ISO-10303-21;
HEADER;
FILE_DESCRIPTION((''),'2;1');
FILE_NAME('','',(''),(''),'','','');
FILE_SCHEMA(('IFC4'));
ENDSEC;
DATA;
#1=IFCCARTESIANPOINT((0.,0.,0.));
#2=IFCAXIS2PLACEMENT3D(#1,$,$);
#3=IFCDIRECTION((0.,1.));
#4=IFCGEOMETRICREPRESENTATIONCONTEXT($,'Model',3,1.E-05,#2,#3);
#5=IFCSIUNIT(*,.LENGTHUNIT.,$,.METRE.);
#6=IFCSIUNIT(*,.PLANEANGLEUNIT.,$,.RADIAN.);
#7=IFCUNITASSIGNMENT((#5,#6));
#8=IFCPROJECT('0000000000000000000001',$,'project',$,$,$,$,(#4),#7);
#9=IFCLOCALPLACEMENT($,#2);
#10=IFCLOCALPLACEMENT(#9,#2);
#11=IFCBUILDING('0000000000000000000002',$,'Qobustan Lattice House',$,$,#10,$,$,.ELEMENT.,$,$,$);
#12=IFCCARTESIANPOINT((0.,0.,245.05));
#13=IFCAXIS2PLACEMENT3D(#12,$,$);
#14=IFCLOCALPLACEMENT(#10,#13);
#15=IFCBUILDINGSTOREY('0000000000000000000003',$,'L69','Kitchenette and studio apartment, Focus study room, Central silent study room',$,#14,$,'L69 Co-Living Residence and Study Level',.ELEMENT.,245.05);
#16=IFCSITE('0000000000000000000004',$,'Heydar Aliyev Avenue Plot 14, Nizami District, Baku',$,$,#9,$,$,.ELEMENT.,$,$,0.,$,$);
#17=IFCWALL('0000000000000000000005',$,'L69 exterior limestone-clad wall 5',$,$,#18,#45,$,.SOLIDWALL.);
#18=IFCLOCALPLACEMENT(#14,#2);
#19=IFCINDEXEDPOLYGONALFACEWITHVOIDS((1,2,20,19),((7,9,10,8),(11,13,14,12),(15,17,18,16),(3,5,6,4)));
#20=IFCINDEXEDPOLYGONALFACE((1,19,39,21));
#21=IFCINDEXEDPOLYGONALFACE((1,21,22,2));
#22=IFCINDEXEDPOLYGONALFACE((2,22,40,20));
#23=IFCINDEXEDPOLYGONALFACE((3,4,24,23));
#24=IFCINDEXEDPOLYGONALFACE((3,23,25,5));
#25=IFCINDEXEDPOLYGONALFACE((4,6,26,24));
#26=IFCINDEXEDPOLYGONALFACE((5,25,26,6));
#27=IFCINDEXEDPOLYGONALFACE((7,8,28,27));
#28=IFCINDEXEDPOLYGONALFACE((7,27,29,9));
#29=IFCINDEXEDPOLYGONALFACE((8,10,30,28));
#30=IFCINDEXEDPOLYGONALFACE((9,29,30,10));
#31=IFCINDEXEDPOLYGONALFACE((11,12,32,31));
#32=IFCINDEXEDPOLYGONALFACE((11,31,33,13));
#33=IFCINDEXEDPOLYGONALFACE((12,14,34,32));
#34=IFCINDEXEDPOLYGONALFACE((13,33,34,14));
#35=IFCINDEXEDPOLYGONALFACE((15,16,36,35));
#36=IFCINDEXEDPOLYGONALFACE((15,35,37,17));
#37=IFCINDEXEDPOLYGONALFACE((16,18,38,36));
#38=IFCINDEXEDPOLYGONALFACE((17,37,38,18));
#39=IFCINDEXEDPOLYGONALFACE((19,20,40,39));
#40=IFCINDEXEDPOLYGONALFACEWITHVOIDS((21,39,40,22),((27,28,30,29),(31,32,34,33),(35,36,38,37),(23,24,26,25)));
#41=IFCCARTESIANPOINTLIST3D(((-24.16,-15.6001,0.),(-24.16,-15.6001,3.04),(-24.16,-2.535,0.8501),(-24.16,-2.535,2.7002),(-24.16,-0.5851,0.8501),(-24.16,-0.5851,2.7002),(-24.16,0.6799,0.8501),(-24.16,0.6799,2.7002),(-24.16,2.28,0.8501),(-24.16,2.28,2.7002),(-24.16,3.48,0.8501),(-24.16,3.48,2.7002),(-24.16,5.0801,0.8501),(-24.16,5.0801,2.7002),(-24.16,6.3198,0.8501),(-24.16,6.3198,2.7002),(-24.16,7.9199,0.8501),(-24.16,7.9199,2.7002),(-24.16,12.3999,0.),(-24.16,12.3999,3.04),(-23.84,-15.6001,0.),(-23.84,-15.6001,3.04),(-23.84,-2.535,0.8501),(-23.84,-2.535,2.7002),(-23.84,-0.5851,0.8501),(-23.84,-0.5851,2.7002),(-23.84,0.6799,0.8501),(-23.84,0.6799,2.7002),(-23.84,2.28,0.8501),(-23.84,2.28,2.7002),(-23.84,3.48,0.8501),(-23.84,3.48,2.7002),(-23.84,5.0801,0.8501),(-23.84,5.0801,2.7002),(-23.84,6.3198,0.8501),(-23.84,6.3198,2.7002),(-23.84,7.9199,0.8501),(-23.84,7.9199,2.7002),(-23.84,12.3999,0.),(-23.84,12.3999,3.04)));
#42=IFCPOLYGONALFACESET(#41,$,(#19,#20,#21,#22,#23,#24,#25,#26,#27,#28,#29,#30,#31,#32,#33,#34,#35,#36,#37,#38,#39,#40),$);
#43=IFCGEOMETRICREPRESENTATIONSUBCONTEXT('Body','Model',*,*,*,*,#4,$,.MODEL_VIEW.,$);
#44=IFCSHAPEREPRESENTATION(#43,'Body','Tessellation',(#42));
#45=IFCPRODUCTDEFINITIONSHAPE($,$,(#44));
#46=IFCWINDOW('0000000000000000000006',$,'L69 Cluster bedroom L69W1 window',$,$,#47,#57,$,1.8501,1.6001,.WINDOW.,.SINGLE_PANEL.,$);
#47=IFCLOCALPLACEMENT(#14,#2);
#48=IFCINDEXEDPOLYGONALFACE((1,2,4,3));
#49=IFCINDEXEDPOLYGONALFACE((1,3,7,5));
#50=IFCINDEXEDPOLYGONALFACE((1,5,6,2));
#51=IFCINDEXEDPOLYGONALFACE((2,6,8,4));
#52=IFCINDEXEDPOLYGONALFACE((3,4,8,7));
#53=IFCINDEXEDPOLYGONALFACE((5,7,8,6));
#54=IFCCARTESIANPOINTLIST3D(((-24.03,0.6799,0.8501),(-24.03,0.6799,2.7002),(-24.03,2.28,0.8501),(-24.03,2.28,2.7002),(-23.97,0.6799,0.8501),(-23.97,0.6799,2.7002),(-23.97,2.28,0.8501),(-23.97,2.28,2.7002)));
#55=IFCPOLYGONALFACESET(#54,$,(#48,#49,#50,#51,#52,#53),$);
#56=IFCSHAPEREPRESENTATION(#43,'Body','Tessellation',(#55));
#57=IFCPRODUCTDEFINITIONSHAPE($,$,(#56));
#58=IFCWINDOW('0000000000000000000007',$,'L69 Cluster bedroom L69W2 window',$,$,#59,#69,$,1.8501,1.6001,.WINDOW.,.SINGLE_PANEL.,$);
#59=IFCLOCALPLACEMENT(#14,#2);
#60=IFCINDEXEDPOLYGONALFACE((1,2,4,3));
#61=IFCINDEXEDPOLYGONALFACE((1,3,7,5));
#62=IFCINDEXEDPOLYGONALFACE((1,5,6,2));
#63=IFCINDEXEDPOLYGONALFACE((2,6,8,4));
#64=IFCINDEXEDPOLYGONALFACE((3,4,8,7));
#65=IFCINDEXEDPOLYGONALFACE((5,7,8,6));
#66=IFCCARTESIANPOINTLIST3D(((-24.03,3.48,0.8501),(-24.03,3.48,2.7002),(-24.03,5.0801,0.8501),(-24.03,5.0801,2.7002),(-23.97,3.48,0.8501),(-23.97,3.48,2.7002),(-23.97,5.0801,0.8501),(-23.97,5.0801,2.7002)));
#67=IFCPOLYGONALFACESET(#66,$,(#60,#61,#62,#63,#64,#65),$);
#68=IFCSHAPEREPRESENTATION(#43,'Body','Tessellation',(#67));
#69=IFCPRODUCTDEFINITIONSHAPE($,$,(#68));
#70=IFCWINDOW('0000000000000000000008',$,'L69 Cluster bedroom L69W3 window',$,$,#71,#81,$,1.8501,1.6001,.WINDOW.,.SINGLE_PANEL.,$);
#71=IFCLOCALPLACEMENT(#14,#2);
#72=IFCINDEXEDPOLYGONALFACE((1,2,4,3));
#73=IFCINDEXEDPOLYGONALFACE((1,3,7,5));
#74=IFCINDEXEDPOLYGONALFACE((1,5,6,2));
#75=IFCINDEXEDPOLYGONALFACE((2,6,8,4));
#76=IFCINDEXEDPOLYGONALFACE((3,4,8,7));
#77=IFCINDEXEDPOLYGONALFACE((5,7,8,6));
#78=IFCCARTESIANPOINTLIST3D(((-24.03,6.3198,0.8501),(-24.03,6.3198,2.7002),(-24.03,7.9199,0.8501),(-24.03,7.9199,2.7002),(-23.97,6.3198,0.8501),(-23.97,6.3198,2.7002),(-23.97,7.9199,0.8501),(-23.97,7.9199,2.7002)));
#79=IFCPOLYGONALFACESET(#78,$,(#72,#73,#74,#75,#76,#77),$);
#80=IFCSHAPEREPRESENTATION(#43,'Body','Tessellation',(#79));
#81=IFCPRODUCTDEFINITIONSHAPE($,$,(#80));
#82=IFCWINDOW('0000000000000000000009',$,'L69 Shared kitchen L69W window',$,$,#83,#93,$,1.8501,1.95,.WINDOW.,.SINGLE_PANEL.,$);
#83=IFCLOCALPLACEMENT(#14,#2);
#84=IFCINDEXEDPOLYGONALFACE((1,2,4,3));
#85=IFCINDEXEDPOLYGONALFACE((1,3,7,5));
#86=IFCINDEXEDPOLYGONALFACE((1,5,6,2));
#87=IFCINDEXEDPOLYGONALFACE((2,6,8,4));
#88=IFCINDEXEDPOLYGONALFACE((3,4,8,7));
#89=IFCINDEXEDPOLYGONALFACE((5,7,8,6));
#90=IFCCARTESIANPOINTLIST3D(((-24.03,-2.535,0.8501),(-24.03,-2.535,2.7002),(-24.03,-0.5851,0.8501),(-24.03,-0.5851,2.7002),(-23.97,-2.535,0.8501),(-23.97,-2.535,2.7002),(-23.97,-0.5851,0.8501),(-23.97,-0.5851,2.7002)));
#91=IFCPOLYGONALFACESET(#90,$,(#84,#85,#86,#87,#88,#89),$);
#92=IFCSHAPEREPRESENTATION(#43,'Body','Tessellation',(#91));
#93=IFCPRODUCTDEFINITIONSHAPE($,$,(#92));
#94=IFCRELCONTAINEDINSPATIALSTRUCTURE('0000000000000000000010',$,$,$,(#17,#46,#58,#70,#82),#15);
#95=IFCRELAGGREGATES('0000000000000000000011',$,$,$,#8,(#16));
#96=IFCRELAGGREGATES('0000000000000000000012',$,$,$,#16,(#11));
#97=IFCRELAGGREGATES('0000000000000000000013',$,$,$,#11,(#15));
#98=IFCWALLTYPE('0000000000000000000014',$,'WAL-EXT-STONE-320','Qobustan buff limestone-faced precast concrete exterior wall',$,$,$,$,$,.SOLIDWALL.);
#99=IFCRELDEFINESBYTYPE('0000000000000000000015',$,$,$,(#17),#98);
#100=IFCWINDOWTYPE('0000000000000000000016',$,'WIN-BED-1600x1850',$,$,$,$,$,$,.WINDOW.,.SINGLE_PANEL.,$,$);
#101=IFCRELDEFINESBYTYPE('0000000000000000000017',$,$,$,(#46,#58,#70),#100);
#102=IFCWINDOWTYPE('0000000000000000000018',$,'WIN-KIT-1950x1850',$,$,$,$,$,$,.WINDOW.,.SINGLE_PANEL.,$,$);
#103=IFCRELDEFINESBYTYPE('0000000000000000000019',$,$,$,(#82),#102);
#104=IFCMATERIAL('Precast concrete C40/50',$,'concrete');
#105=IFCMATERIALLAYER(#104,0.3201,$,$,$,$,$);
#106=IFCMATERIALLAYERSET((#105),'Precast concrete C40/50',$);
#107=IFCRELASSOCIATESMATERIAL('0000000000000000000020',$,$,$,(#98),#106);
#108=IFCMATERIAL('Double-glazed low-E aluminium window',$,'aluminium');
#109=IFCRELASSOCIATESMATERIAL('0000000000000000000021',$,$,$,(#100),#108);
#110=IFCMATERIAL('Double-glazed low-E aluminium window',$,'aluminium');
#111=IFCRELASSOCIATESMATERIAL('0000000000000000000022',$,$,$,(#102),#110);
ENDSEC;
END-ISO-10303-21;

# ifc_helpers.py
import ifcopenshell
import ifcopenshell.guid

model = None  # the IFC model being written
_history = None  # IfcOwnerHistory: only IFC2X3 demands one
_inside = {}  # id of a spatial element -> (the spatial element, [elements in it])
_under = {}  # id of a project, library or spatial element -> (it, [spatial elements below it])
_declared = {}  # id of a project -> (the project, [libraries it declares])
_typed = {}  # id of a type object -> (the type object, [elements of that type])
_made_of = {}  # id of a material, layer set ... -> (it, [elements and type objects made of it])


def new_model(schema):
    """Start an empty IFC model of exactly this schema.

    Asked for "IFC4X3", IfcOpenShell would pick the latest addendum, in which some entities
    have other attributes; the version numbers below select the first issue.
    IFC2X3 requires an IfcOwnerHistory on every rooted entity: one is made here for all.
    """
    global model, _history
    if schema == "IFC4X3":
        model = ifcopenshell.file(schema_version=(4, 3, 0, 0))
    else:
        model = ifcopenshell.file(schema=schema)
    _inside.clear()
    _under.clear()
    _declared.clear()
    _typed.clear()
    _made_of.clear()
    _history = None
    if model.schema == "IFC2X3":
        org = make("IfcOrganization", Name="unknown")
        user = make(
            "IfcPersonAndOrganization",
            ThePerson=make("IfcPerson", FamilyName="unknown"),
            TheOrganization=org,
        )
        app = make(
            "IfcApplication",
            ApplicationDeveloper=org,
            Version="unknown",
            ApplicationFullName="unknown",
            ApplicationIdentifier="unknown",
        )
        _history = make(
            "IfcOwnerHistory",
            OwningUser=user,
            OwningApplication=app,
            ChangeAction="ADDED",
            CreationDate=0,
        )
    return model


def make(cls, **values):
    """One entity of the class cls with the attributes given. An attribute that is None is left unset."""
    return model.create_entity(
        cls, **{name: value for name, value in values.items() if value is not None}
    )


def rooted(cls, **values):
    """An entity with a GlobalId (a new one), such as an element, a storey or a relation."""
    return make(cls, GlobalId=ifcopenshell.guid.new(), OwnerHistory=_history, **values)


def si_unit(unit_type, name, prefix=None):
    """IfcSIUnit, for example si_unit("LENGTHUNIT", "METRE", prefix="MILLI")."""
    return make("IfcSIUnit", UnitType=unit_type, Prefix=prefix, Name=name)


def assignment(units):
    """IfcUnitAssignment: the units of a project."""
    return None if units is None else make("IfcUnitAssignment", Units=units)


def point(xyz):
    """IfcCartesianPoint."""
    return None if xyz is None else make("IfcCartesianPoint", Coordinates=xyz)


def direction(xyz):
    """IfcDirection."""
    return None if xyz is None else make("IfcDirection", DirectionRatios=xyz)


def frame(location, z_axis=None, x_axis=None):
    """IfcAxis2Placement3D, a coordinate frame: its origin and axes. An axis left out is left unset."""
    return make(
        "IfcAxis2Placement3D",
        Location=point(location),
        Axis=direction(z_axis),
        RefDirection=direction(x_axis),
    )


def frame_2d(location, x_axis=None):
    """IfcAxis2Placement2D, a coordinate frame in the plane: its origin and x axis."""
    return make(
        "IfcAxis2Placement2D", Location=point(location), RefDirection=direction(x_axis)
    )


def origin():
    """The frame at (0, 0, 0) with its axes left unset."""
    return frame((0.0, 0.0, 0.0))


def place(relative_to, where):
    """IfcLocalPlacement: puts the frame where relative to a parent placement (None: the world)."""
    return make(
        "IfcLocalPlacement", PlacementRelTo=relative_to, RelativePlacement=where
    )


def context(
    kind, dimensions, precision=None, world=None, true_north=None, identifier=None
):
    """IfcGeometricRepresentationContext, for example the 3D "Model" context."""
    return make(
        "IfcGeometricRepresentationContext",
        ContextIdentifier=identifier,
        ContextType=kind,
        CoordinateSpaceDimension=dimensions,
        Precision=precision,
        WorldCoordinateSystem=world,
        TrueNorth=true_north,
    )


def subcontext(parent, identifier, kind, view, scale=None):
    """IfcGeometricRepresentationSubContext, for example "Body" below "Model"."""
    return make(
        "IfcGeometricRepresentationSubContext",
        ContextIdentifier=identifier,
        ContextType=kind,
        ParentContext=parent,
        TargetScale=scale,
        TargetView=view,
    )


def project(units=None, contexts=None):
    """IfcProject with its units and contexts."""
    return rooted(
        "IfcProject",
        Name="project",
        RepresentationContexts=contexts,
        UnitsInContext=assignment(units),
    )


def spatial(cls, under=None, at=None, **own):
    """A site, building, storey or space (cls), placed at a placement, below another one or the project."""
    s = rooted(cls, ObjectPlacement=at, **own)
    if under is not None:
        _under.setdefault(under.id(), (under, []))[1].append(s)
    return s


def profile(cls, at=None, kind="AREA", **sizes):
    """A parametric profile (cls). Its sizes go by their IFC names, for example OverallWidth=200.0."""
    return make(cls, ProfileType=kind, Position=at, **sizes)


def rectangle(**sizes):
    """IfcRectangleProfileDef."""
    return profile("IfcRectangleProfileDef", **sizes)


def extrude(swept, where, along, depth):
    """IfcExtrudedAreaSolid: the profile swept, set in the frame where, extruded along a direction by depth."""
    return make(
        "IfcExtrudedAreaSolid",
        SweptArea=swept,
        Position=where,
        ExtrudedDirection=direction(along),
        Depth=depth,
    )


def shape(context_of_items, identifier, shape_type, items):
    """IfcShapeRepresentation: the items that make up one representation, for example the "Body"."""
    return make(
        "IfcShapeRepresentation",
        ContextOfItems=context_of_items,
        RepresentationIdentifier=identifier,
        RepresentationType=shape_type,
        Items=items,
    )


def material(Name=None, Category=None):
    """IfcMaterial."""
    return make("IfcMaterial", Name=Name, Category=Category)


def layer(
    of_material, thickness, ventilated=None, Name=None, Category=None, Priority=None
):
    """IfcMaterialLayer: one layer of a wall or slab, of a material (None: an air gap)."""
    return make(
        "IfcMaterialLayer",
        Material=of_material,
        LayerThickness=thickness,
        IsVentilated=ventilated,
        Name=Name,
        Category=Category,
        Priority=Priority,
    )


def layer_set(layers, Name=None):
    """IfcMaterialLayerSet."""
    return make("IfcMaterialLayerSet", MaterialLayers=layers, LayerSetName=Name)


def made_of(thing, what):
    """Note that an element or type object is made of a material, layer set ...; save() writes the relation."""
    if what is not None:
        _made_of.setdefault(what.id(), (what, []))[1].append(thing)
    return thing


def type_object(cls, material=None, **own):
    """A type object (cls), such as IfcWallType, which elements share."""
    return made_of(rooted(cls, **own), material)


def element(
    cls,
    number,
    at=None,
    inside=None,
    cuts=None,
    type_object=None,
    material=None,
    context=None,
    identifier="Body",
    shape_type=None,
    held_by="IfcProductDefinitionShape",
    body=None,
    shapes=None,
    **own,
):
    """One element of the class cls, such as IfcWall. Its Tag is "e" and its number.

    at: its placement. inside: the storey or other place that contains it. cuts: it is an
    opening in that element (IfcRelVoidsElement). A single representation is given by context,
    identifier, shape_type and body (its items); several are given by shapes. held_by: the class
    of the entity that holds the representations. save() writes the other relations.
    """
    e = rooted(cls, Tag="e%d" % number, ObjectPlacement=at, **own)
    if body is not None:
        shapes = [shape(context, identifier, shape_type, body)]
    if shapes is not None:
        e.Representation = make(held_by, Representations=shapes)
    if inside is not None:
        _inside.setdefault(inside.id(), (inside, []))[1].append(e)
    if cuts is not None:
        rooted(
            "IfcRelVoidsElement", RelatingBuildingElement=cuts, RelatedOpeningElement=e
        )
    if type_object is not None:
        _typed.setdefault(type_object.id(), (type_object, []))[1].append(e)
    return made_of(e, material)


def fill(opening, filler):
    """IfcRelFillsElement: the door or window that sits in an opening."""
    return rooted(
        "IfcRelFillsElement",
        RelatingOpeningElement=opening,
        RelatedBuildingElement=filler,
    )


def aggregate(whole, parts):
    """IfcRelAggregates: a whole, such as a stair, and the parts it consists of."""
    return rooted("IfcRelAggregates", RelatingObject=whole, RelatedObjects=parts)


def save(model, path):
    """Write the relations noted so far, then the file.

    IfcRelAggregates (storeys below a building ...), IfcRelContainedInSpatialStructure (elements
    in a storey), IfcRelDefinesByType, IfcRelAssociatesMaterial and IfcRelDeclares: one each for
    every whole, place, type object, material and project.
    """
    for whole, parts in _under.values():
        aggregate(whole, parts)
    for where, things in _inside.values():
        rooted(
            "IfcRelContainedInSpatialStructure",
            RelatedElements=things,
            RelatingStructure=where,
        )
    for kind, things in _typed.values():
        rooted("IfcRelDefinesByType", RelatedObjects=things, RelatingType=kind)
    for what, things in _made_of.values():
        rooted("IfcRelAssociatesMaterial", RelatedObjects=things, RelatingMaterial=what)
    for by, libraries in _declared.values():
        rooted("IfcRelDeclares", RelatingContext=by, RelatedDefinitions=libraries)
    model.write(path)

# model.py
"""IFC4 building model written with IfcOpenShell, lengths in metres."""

from ifc_helpers import new_model, si_unit, direction, frame, frame_2d, origin, place, context, subcontext, project, spatial, rectangle, extrude, material, layer, layer_set, type_object, element, fill, save


model = new_model("IFC4")

# Units and contexts
model_context = context("Model", 3, precision=1e-05, world=origin(), true_north=direction((0.0, 1.0)))
body_context = subcontext(model_context, "Body", "Model", "MODEL_VIEW")
ifc_project = project(units=[si_unit("LENGTHUNIT", "METRE"), si_unit("PLANEANGLEUNIT", "RADIAN")], contexts=[model_context])

# Site, building, storey
site_placement = place(None, origin())
site = spatial("IfcSite", under=ifc_project, at=site_placement, Name="Heydar Aliyev Avenue Plot 14, Nizami District, Baku", CompositionType="ELEMENT", RefElevation=0.0)
building_placement = place(site_placement, origin())
building = spatial("IfcBuilding", under=site, at=building_placement, Name="Qobustan Lattice House", CompositionType="ELEMENT")
storey_placement = place(building_placement, frame((0.0, 0.0, 245.05)))
storey = spatial("IfcBuildingStorey", under=building, at=storey_placement, Name="L69", Description="Kitchenette and studio apartment, Focus study room, Central silent study room", LongName="L69 Co-Living Residence and Study Level", CompositionType="ELEMENT", Elevation=245.05)

# Shared definitions
ifc_material_1 = material(Name="Precast concrete C40/50", Category="concrete")
ifc_layer = layer(ifc_material_1, 0.3201)
ifc_layer_set = layer_set([ifc_layer], Name="Precast concrete C40/50")
wall_type = type_object("IfcWallType", Name="WAL-EXT-STONE-320", Description="Qobustan buff limestone-faced precast concrete exterior wall", PredefinedType="SOLIDWALL", material=ifc_layer_set)

# Wall, openings, windows
wall_1_placement = place(storey_placement, frame((-24.0, -15.6001, 0.0), z_axis=(0.0, 0.0, 1.0), x_axis=(0.0, 1.0, 0.0)))
wall_1 = element("IfcWall", 1, at=wall_1_placement, inside=storey, type_object=wall_type, Name="L69 exterior limestone-clad wall 5", PredefinedType="SOLIDWALL", context=body_context, shape_type="SweptSolid", body=[
    extrude(rectangle(XDim=28.0, YDim=0.3201, at=frame_2d((14.0, 0.0))), origin(), (0.0, 0.0, 1.0), 3.04),
])
opening_1_placement = place(wall_1_placement, frame((13.0649, 0.0, 0.8501)))
opening_1 = element("IfcOpeningElement", 2, at=opening_1_placement, cuts=wall_1, PredefinedType="OPENING", context=body_context, shape_type="SweptSolid", body=[
    extrude(rectangle(XDim=1.95, YDim=1.8501, at=frame_2d((0.9751, 0.925))), frame((0.0, 0.1699, 0.0), z_axis=(0.0, -1.0, 0.0), x_axis=(1.0, 0.0, 0.0)), (0.0, 0.0, 1.0), 0.3401),
])
opening_2_placement = place(wall_1_placement, frame((16.28, 0.0, 0.8501)))
opening_2 = element("IfcOpeningElement", 3, at=opening_2_placement, cuts=wall_1, PredefinedType="OPENING", context=body_context, shape_type="SweptSolid", body=[
    extrude(rectangle(XDim=1.6001, YDim=1.8501, at=frame_2d((0.8, 0.925))), frame((0.0, 0.1699, 0.0), z_axis=(0.0, -1.0, 0.0), x_axis=(1.0, 0.0, 0.0)), (0.0, 0.0, 1.0), 0.3401),
])
opening_3_placement = place(wall_1_placement, frame((19.0801, 0.0, 0.8501)))
opening_3 = element("IfcOpeningElement", 4, at=opening_3_placement, cuts=wall_1, PredefinedType="OPENING", context=body_context, shape_type="SweptSolid", body=[
    extrude(rectangle(XDim=1.6001, YDim=1.8501, at=frame_2d((0.8, 0.925))), frame((0.0, 0.1699, 0.0), z_axis=(0.0, -1.0, 0.0), x_axis=(1.0, 0.0, 0.0)), (0.0, 0.0, 1.0), 0.3401),
])
opening_4_placement = place(wall_1_placement, frame((21.9199, 0.0, 0.8501)))
opening_4 = element("IfcOpeningElement", 5, at=opening_4_placement, cuts=wall_1, PredefinedType="OPENING", context=body_context, shape_type="SweptSolid", body=[
    extrude(rectangle(XDim=1.6001, YDim=1.8501, at=frame_2d((0.8, 0.925))), frame((0.0, 0.1699, 0.0), z_axis=(0.0, -1.0, 0.0), x_axis=(1.0, 0.0, 0.0)), (0.0, 0.0, 1.0), 0.3401),
])
ifc_material_2 = material(Name="Double-glazed low-E aluminium window", Category="aluminium")
window_type_1 = type_object("IfcWindowType", Name="WIN-BED-1600x1850", PartitioningType="SINGLE_PANEL", PredefinedType="WINDOW", material=ifc_material_2)
window_1_placement = place(opening_2_placement, origin())
window_1 = element("IfcWindow", 6, at=window_1_placement, inside=storey, type_object=window_type_1, Name="L69 Cluster bedroom L69W1 window", OverallHeight=1.8501, OverallWidth=1.6001, PartitioningType="SINGLE_PANEL", PredefinedType="WINDOW", context=body_context, shape_type="SweptSolid", body=[
    extrude(rectangle(XDim=1.6001, YDim=1.8501, at=frame_2d((0.8, 0.925))), frame((0.0, 0.03, 0.0), z_axis=(0.0, -1.0, 0.0), x_axis=(1.0, 0.0, 0.0)), (0.0, 0.0, 1.0), 0.0601),
])
fill(opening_2, window_1)
window_2_placement = place(opening_3_placement, origin())
window_2 = element("IfcWindow", 7, at=window_2_placement, inside=storey, type_object=window_type_1, Name="L69 Cluster bedroom L69W2 window", OverallHeight=1.8501, OverallWidth=1.6001, PartitioningType="SINGLE_PANEL", PredefinedType="WINDOW", context=body_context, shape_type="SweptSolid", body=[
    extrude(rectangle(XDim=1.6001, YDim=1.8501, at=frame_2d((0.8, 0.925))), frame((0.0, 0.03, 0.0), z_axis=(0.0, -1.0, 0.0), x_axis=(1.0, 0.0, 0.0)), (0.0, 0.0, 1.0), 0.0601),
])
fill(opening_3, window_2)
window_3_placement = place(opening_4_placement, origin())
window_3 = element("IfcWindow", 8, at=window_3_placement, inside=storey, type_object=window_type_1, Name="L69 Cluster bedroom L69W3 window", OverallHeight=1.8501, OverallWidth=1.6001, PartitioningType="SINGLE_PANEL", PredefinedType="WINDOW", context=body_context, shape_type="SweptSolid", body=[
    extrude(rectangle(XDim=1.6001, YDim=1.8501, at=frame_2d((0.8, 0.925))), frame((0.0, 0.03, 0.0), z_axis=(0.0, -1.0, 0.0), x_axis=(1.0, 0.0, 0.0)), (0.0, 0.0, 1.0), 0.0601),
])
fill(opening_4, window_3)
ifc_material_3 = material(Name="Double-glazed low-E aluminium window", Category="aluminium")
window_type_2 = type_object("IfcWindowType", Name="WIN-KIT-1950x1850", PartitioningType="SINGLE_PANEL", PredefinedType="WINDOW", material=ifc_material_3)
window_4_placement = place(opening_1_placement, origin())
window_4 = element("IfcWindow", 9, at=window_4_placement, inside=storey, type_object=window_type_2, Name="L69 Shared kitchen L69W window", OverallHeight=1.8501, OverallWidth=1.95, PartitioningType="SINGLE_PANEL", PredefinedType="WINDOW", context=body_context, shape_type="SweptSolid", body=[
    extrude(rectangle(XDim=1.95, YDim=1.8501, at=frame_2d((0.9751, 0.925))), frame((0.0, 0.03, 0.0), z_axis=(0.0, -1.0, 0.0), x_axis=(1.0, 0.0, 0.0)), (0.0, 0.0, 1.0), 0.0601),
])
fill(opening_1, window_4)

save(model, "model.ifc")
